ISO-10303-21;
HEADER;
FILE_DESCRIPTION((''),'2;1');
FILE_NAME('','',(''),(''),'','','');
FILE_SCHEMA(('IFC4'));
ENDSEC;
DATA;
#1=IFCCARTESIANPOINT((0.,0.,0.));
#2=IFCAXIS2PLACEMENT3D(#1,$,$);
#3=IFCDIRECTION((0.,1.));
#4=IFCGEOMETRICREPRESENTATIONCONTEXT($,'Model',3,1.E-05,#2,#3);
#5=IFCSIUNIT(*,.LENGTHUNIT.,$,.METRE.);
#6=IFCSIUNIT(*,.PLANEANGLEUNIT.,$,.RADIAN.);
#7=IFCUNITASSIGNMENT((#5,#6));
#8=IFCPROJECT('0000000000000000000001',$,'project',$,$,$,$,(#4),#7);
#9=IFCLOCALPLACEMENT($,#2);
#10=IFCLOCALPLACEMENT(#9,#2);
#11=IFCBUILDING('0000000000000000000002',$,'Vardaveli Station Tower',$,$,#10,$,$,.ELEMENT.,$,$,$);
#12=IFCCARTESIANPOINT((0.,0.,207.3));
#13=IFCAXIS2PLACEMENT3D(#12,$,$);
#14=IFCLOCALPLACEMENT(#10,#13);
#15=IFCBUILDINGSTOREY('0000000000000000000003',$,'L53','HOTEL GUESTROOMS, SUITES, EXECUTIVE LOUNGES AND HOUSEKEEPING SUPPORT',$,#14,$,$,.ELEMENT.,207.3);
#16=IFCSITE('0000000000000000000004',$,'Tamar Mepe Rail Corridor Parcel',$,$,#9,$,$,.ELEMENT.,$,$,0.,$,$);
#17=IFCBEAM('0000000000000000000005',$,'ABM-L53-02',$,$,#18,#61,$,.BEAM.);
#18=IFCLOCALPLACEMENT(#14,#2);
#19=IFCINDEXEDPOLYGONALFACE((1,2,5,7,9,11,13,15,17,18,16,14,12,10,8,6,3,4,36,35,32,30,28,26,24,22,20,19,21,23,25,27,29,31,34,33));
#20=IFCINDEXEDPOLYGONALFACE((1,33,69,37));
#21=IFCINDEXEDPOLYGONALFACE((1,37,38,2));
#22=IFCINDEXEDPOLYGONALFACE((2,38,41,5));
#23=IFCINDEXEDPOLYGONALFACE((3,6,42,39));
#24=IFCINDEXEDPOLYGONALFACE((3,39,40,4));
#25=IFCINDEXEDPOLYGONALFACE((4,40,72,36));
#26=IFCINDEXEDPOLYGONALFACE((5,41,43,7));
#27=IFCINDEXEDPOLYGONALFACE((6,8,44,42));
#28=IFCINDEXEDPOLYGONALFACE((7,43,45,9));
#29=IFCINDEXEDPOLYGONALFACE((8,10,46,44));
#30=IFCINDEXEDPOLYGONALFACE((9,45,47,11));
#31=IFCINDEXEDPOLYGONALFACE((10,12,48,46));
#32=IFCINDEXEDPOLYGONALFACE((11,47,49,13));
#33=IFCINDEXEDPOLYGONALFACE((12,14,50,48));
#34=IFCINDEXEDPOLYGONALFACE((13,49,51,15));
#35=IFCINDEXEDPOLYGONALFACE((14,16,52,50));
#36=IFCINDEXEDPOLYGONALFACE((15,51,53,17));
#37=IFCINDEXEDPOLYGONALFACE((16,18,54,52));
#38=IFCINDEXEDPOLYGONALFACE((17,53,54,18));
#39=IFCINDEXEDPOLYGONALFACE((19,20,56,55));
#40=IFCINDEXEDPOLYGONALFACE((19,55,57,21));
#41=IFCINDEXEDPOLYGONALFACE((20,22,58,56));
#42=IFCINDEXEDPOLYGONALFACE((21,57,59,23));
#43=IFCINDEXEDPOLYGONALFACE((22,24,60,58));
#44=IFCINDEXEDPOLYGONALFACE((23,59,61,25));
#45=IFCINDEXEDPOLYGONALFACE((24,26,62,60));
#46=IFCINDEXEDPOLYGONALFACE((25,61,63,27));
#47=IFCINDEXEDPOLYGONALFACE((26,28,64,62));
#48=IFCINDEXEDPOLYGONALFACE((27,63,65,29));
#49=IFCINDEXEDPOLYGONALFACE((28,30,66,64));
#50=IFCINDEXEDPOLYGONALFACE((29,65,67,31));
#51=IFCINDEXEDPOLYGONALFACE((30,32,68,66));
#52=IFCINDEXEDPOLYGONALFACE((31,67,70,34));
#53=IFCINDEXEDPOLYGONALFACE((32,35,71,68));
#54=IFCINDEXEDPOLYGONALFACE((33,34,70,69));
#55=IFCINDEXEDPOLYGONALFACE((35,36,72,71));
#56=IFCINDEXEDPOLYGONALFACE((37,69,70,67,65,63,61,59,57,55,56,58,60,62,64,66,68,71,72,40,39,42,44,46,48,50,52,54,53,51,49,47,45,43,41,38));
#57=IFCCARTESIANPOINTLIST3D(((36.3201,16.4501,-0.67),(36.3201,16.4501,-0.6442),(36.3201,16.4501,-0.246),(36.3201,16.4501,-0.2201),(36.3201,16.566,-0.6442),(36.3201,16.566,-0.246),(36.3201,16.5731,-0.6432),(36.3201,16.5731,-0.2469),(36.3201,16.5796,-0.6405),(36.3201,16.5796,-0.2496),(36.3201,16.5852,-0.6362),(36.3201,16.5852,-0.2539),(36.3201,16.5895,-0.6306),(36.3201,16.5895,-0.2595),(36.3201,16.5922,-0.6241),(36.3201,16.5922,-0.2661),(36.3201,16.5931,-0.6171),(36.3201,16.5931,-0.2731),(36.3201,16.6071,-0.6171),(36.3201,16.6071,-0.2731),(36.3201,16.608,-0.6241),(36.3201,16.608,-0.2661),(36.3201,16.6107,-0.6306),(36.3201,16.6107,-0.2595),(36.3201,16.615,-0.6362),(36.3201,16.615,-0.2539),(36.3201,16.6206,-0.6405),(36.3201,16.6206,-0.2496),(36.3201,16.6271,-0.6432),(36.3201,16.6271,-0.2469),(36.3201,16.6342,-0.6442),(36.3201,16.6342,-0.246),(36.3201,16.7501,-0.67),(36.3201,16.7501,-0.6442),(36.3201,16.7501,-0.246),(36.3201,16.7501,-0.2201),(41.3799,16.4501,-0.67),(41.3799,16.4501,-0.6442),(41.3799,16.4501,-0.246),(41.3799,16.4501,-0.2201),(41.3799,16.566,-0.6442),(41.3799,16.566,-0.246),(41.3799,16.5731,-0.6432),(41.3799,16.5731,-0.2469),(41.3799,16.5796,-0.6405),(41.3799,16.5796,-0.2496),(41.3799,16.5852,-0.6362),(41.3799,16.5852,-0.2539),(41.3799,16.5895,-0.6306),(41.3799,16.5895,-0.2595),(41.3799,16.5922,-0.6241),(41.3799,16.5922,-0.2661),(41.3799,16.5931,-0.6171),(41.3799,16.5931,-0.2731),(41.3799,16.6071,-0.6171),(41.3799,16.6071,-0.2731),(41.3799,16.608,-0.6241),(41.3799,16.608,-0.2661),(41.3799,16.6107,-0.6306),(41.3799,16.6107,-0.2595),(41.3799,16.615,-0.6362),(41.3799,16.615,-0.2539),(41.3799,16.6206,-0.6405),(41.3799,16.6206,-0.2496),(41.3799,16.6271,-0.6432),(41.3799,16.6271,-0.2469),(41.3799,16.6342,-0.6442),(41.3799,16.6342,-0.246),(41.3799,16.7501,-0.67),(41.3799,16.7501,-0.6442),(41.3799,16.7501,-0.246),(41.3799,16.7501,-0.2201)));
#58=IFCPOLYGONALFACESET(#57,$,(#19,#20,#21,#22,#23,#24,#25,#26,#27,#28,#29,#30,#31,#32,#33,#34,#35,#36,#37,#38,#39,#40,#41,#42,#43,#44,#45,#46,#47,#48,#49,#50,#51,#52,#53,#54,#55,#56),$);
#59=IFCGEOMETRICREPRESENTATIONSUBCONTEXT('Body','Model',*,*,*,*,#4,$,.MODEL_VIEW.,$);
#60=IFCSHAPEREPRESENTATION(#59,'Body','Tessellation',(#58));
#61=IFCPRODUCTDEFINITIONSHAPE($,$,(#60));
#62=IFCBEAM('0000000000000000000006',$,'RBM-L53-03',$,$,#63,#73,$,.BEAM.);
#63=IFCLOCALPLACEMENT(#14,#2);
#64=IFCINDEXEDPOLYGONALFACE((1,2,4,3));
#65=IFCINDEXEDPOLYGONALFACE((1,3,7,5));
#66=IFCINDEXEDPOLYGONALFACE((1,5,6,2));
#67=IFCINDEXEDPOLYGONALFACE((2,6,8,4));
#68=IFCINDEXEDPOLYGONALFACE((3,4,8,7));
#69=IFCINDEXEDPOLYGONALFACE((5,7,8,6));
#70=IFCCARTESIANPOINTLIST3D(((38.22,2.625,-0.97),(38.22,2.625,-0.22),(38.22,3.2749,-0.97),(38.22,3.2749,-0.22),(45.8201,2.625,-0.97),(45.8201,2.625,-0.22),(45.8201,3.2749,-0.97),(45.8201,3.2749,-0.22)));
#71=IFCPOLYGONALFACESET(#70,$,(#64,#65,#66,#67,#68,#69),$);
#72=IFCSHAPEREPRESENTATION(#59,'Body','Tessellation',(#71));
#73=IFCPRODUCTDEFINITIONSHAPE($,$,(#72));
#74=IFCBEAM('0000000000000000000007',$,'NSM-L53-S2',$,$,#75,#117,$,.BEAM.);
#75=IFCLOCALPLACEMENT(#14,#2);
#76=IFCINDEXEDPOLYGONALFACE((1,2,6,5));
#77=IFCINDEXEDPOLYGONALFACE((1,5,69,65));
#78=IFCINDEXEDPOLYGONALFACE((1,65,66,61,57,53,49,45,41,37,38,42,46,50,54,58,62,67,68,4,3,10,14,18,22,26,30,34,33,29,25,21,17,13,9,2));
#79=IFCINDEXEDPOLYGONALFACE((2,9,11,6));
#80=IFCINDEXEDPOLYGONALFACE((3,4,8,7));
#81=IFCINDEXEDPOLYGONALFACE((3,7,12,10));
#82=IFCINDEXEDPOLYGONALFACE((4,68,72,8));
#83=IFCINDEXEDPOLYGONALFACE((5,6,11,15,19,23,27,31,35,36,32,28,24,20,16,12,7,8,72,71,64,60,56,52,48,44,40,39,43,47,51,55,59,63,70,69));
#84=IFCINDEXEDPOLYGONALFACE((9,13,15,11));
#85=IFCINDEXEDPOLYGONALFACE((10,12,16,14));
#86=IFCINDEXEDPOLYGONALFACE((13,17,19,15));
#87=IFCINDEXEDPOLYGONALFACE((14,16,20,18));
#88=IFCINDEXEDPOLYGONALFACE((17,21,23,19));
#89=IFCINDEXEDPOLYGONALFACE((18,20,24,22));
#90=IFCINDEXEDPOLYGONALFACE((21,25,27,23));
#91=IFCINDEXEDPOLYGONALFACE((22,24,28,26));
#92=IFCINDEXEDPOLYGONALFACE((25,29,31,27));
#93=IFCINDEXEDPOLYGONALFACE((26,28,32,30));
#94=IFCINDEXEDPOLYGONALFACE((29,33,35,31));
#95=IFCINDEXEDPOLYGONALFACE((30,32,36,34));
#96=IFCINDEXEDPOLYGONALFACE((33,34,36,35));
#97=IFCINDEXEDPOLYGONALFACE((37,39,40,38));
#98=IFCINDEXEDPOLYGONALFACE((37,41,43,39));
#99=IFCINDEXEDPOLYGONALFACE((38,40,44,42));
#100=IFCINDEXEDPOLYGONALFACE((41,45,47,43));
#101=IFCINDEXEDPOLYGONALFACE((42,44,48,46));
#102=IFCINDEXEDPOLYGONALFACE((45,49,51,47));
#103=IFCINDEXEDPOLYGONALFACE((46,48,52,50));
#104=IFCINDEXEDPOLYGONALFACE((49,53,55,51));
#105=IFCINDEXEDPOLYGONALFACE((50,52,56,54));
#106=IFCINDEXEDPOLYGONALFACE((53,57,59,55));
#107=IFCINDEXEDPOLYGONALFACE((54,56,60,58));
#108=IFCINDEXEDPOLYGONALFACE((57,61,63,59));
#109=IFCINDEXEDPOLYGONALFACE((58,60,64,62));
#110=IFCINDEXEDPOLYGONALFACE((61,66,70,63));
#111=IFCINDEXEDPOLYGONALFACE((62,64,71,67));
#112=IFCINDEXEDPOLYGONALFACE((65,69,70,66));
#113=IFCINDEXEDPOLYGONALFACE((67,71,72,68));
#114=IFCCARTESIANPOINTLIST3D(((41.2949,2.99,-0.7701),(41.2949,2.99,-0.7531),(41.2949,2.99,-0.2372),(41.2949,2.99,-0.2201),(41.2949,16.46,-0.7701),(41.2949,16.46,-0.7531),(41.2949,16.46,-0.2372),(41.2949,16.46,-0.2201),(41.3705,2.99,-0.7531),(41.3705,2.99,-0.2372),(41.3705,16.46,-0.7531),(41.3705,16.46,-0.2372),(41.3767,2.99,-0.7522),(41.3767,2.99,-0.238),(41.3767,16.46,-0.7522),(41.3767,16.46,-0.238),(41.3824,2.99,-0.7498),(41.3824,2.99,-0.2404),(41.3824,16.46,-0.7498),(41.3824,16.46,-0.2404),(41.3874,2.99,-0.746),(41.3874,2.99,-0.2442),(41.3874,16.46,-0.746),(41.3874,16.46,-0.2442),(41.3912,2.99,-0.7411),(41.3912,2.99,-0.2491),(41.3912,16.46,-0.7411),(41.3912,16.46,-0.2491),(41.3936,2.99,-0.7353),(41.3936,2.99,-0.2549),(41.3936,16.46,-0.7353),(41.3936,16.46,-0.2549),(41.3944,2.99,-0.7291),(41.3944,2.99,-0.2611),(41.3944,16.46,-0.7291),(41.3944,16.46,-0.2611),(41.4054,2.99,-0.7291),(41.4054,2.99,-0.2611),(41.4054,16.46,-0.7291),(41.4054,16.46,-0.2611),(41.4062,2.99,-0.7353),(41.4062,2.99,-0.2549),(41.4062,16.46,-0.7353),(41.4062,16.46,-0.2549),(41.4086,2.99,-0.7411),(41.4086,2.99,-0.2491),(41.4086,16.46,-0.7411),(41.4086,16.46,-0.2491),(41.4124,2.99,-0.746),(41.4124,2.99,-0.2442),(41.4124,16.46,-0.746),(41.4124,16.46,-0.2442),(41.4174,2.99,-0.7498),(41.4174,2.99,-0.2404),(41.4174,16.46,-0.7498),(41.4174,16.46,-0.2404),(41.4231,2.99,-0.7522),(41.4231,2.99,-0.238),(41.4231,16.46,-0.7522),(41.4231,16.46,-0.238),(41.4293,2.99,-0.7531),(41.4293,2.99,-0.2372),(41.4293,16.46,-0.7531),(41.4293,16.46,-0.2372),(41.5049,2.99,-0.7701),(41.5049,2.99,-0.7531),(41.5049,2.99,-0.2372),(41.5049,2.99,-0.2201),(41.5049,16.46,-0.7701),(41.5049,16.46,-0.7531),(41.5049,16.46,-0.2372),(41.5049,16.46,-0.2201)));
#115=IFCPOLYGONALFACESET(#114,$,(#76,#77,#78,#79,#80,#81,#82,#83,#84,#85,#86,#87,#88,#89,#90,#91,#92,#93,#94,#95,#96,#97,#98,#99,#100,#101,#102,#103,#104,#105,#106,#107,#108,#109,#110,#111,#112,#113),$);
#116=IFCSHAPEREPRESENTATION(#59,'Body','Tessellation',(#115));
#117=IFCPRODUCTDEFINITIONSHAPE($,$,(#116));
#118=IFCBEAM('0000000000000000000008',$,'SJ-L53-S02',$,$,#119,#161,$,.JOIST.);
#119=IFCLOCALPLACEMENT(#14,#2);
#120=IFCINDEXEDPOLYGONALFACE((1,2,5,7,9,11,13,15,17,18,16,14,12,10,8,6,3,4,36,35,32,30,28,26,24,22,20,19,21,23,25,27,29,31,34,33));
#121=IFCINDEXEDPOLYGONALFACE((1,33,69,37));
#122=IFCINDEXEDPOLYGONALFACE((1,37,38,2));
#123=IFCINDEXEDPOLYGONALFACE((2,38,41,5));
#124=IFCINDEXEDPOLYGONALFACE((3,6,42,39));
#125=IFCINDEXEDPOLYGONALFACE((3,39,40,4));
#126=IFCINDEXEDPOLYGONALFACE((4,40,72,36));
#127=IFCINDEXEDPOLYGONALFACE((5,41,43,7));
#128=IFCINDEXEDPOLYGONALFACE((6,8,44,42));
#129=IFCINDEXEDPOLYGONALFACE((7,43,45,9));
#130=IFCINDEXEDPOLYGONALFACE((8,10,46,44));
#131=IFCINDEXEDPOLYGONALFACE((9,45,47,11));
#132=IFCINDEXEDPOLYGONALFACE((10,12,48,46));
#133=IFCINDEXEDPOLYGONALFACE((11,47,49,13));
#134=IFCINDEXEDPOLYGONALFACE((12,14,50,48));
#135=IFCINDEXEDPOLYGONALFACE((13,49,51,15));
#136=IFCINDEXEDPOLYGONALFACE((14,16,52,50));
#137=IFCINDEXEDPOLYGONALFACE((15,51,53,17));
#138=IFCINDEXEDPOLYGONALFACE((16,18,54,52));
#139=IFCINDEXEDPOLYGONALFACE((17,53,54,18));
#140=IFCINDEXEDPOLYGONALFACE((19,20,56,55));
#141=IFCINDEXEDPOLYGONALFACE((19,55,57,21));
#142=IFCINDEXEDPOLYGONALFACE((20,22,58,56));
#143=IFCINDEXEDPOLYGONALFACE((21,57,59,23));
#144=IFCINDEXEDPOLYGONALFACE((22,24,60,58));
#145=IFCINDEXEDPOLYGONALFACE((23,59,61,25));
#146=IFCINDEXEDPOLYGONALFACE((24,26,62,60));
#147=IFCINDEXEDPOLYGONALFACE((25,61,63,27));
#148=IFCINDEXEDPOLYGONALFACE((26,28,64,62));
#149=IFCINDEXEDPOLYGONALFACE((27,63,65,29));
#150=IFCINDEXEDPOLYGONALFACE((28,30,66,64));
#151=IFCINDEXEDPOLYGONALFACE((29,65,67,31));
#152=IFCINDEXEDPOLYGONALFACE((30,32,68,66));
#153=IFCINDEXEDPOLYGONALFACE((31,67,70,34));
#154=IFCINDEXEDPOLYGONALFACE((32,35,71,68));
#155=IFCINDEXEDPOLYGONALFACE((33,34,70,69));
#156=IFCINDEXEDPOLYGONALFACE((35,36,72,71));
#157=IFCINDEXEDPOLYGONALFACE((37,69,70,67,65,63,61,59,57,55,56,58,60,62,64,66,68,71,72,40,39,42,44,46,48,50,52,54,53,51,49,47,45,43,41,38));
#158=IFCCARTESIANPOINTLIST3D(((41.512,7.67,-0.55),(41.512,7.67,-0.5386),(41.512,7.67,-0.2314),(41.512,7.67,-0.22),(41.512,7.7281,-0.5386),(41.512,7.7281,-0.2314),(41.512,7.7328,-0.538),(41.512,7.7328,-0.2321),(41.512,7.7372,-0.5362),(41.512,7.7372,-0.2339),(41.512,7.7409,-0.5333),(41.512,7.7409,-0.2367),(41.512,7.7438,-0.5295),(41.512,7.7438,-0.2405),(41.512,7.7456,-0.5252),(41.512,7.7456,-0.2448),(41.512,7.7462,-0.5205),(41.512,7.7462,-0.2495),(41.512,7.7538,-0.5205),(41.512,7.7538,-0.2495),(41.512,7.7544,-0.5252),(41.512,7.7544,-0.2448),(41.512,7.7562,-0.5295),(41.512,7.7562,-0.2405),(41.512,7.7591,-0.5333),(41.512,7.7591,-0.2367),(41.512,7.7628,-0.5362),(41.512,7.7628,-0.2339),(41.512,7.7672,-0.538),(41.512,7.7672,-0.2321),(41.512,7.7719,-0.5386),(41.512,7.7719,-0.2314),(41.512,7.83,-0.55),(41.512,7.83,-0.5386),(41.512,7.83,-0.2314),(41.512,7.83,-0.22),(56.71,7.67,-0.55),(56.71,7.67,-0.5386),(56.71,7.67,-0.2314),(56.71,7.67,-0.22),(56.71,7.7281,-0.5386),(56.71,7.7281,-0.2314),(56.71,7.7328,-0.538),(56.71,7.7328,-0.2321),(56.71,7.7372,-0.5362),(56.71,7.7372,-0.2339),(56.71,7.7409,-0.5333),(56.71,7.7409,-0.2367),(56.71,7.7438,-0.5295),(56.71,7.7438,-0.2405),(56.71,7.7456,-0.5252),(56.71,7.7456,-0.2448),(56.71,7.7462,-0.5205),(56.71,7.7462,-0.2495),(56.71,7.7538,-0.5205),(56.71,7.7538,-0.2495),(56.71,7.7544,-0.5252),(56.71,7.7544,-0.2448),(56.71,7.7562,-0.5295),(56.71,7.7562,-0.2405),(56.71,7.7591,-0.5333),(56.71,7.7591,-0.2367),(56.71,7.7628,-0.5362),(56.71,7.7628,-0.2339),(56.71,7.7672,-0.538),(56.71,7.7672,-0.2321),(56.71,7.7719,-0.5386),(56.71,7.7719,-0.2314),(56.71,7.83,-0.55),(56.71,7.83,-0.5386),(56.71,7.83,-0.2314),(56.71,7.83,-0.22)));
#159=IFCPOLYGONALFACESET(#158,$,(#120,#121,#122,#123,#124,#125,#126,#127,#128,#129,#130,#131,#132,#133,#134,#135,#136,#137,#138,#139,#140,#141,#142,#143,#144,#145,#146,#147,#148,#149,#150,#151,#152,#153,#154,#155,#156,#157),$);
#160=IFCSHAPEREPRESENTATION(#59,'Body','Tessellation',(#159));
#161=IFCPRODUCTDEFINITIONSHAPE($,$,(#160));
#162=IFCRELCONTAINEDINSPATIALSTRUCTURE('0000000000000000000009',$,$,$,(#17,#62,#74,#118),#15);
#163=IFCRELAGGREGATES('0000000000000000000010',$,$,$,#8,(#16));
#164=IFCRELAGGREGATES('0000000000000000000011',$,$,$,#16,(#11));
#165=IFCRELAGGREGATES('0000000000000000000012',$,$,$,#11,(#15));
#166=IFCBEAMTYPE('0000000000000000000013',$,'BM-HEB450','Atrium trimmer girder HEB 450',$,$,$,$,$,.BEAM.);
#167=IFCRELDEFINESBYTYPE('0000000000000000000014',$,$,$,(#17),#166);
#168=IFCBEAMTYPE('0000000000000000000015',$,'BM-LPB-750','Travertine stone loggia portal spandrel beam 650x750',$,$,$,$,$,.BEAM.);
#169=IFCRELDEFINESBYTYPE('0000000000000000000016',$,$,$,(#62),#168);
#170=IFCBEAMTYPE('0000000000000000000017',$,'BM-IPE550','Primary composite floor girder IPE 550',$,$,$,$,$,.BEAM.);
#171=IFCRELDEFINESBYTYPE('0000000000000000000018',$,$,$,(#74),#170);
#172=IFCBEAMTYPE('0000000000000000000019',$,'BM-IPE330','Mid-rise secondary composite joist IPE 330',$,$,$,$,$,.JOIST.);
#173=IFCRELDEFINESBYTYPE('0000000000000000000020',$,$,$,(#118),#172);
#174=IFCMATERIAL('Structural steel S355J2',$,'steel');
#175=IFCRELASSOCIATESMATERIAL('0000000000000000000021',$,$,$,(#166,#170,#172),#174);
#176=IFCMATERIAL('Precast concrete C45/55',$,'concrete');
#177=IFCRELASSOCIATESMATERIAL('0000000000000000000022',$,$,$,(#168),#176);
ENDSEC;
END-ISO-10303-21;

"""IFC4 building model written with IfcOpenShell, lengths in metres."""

from ifc_helpers import new_model, si_unit, direction, frame, origin, origin_2d, place, context, subcontext, project, spatial, rectangle, i_section, extrude, source, transform, mapped, material, material_profile, profile_set, type_object, element, save


model = new_model("IFC4")

# Units and contexts
model_context = context("Model", 3, precision=1e-05, world=origin(), true_north=direction((0.0, 1.0)))
body_context = subcontext(model_context, "Body", "Model", "MODEL_VIEW")
ifc_project = project(units=[si_unit("LENGTHUNIT", "METRE"), si_unit("PLANEANGLEUNIT", "RADIAN")], contexts=[model_context])

# Site, building, storey
site_placement = place(None, origin())
site = spatial("IfcSite", under=ifc_project, at=site_placement, Name="Tamar Mepe Rail Corridor Parcel", CompositionType="ELEMENT", RefElevation=0.0)
building_placement = place(site_placement, origin())
building = spatial("IfcBuilding", under=site, at=building_placement, Name="Vardaveli Station Tower", CompositionType="ELEMENT")
storey_placement = place(building_placement, frame((0.0, 0.0, 207.3)))
storey = spatial("IfcBuildingStorey", under=building, at=storey_placement, Name="L53", Description="HOTEL GUESTROOMS, SUITES, EXECUTIVE LOUNGES AND HOUSEKEEPING SUPPORT", CompositionType="ELEMENT", Elevation=207.3)

# Beams
ifc_material_1 = material(Name="Structural steel S355J2", Category="steel")
ifc_material_profile_1 = material_profile(ifc_material_1, i_section(OverallWidth=0.3, OverallDepth=0.45, WebThickness=0.0139, FlangeThickness=0.0259, FilletRadius=0.0271, at=origin_2d()), Name="HEB 450")
ifc_profile_set_1 = profile_set([ifc_material_profile_1], Name="Structural steel S355J2")
beam_type_1 = type_object("IfcBeamType", Name="BM-HEB450", Description="Atrium trimmer girder HEB 450", PredefinedType="BEAM", material=ifc_profile_set_1)
shared_shape_1 = source(origin(), body_context, "Body", "SweptSolid", [
    extrude(i_section(OverallWidth=0.3, OverallDepth=0.45, WebThickness=0.0139, FlangeThickness=0.0259, FilletRadius=0.0271, at=origin_2d()), origin(), (0.0, 0.0, 1.0), 5.0598),
])
beam_1_placement = place(storey_placement, frame((36.3201, 16.6001, -0.4451), z_axis=(1.0, 0.0, 0.0), x_axis=(0.0, 1.0, 0.0)))
element("IfcBeam", 1, at=beam_1_placement, inside=storey, type_object=beam_type_1, Name="ABM-L53-02", PredefinedType="BEAM", context=body_context, shape_type="MappedRepresentation", body=[
    mapped(shared_shape_1, transform((0.0, 0.0, 0.0), scale=1.0)),
])
ifc_material_2 = material(Name="Precast concrete C45/55", Category="concrete")
ifc_material_profile_2 = material_profile(ifc_material_2, rectangle(XDim=0.6499, YDim=0.75, at=origin_2d()), Name="LPB 650x750")
ifc_profile_set_2 = profile_set([ifc_material_profile_2], Name="Precast concrete C45/55")
beam_type_2 = type_object("IfcBeamType", Name="BM-LPB-750", Description="Travertine stone loggia portal spandrel beam 650x750", PredefinedType="BEAM", material=ifc_profile_set_2)
shared_shape_2 = source(origin(), body_context, "Body", "SweptSolid", [
    extrude(rectangle(XDim=0.6499, YDim=0.75, at=origin_2d()), origin(), (0.0, 0.0, 1.0), 7.6001),
])
beam_2_placement = place(storey_placement, frame((38.22, 2.95, -0.595), z_axis=(1.0, 0.0, 0.0), x_axis=(0.0, 1.0, 0.0)))
element("IfcBeam", 2, at=beam_2_placement, inside=storey, type_object=beam_type_2, Name="RBM-L53-03", PredefinedType="BEAM", context=body_context, shape_type="MappedRepresentation", body=[
    mapped(shared_shape_2, transform((0.0, 0.0, 0.0), scale=1.0)),
])
ifc_material_profile_3 = material_profile(ifc_material_1, i_section(OverallWidth=0.21, OverallDepth=0.55, WebThickness=0.011, FlangeThickness=0.0171, FilletRadius=0.0239, at=origin_2d()), Name="IPE 550")
ifc_profile_set_3 = profile_set([ifc_material_profile_3], Name="Structural steel S355J2")
beam_type_3 = type_object("IfcBeamType", Name="BM-IPE550", Description="Primary composite floor girder IPE 550", PredefinedType="BEAM", material=ifc_profile_set_3)
shared_shape_3 = source(origin(), body_context, "Body", "SweptSolid", [
    extrude(i_section(OverallWidth=0.21, OverallDepth=0.55, WebThickness=0.011, FlangeThickness=0.0171, FilletRadius=0.0239, at=origin_2d()), origin(), (0.0, 0.0, 1.0), 13.47),
])
beam_3_placement = place(storey_placement, frame((41.3999, 2.99, -0.4951), z_axis=(0.0, 1.0, 0.0), x_axis=(-1.0, 0.0, 0.0)))
element("IfcBeam", 3, at=beam_3_placement, inside=storey, type_object=beam_type_3, Name="NSM-L53-S2", PredefinedType="BEAM", context=body_context, shape_type="MappedRepresentation", body=[
    mapped(shared_shape_3, transform((0.0, 0.0, 0.0), scale=1.0)),
])
ifc_material_profile_4 = material_profile(ifc_material_1, i_section(OverallWidth=0.1599, OverallDepth=0.3301, WebThickness=0.0076, FlangeThickness=0.0115, FilletRadius=0.0181, at=origin_2d()), Name="IPE 330")
ifc_profile_set_4 = profile_set([ifc_material_profile_4], Name="Structural steel S355J2")
beam_type_4 = type_object("IfcBeamType", Name="BM-IPE330", Description="Mid-rise secondary composite joist IPE 330", PredefinedType="JOIST", material=ifc_profile_set_4)
shared_shape_4 = source(origin(), body_context, "Body", "SweptSolid", [
    extrude(i_section(OverallWidth=0.1599, OverallDepth=0.3301, WebThickness=0.0076, FlangeThickness=0.0115, FilletRadius=0.0181, at=origin_2d()), origin(), (0.0, 0.0, 1.0), 15.198),
])
for number, where, z_axis, x_axis, name in (
    (4, (41.512, 7.75, -0.385), (1.0, 0.0, 0.0), (0.0, 1.0, 0.0), "SJ-L53-S02"),
):
    element("IfcBeam", number, at=place(storey_placement, frame(where, z_axis=z_axis, x_axis=x_axis)), inside=storey, type_object=beam_type_4, Name=name, PredefinedType="JOIST", context=body_context, shape_type="MappedRepresentation", body=[
        mapped(shared_shape_4, transform((0.0, 0.0, 0.0), scale=1.0)),
    ])

save(model, "model.ifc")
